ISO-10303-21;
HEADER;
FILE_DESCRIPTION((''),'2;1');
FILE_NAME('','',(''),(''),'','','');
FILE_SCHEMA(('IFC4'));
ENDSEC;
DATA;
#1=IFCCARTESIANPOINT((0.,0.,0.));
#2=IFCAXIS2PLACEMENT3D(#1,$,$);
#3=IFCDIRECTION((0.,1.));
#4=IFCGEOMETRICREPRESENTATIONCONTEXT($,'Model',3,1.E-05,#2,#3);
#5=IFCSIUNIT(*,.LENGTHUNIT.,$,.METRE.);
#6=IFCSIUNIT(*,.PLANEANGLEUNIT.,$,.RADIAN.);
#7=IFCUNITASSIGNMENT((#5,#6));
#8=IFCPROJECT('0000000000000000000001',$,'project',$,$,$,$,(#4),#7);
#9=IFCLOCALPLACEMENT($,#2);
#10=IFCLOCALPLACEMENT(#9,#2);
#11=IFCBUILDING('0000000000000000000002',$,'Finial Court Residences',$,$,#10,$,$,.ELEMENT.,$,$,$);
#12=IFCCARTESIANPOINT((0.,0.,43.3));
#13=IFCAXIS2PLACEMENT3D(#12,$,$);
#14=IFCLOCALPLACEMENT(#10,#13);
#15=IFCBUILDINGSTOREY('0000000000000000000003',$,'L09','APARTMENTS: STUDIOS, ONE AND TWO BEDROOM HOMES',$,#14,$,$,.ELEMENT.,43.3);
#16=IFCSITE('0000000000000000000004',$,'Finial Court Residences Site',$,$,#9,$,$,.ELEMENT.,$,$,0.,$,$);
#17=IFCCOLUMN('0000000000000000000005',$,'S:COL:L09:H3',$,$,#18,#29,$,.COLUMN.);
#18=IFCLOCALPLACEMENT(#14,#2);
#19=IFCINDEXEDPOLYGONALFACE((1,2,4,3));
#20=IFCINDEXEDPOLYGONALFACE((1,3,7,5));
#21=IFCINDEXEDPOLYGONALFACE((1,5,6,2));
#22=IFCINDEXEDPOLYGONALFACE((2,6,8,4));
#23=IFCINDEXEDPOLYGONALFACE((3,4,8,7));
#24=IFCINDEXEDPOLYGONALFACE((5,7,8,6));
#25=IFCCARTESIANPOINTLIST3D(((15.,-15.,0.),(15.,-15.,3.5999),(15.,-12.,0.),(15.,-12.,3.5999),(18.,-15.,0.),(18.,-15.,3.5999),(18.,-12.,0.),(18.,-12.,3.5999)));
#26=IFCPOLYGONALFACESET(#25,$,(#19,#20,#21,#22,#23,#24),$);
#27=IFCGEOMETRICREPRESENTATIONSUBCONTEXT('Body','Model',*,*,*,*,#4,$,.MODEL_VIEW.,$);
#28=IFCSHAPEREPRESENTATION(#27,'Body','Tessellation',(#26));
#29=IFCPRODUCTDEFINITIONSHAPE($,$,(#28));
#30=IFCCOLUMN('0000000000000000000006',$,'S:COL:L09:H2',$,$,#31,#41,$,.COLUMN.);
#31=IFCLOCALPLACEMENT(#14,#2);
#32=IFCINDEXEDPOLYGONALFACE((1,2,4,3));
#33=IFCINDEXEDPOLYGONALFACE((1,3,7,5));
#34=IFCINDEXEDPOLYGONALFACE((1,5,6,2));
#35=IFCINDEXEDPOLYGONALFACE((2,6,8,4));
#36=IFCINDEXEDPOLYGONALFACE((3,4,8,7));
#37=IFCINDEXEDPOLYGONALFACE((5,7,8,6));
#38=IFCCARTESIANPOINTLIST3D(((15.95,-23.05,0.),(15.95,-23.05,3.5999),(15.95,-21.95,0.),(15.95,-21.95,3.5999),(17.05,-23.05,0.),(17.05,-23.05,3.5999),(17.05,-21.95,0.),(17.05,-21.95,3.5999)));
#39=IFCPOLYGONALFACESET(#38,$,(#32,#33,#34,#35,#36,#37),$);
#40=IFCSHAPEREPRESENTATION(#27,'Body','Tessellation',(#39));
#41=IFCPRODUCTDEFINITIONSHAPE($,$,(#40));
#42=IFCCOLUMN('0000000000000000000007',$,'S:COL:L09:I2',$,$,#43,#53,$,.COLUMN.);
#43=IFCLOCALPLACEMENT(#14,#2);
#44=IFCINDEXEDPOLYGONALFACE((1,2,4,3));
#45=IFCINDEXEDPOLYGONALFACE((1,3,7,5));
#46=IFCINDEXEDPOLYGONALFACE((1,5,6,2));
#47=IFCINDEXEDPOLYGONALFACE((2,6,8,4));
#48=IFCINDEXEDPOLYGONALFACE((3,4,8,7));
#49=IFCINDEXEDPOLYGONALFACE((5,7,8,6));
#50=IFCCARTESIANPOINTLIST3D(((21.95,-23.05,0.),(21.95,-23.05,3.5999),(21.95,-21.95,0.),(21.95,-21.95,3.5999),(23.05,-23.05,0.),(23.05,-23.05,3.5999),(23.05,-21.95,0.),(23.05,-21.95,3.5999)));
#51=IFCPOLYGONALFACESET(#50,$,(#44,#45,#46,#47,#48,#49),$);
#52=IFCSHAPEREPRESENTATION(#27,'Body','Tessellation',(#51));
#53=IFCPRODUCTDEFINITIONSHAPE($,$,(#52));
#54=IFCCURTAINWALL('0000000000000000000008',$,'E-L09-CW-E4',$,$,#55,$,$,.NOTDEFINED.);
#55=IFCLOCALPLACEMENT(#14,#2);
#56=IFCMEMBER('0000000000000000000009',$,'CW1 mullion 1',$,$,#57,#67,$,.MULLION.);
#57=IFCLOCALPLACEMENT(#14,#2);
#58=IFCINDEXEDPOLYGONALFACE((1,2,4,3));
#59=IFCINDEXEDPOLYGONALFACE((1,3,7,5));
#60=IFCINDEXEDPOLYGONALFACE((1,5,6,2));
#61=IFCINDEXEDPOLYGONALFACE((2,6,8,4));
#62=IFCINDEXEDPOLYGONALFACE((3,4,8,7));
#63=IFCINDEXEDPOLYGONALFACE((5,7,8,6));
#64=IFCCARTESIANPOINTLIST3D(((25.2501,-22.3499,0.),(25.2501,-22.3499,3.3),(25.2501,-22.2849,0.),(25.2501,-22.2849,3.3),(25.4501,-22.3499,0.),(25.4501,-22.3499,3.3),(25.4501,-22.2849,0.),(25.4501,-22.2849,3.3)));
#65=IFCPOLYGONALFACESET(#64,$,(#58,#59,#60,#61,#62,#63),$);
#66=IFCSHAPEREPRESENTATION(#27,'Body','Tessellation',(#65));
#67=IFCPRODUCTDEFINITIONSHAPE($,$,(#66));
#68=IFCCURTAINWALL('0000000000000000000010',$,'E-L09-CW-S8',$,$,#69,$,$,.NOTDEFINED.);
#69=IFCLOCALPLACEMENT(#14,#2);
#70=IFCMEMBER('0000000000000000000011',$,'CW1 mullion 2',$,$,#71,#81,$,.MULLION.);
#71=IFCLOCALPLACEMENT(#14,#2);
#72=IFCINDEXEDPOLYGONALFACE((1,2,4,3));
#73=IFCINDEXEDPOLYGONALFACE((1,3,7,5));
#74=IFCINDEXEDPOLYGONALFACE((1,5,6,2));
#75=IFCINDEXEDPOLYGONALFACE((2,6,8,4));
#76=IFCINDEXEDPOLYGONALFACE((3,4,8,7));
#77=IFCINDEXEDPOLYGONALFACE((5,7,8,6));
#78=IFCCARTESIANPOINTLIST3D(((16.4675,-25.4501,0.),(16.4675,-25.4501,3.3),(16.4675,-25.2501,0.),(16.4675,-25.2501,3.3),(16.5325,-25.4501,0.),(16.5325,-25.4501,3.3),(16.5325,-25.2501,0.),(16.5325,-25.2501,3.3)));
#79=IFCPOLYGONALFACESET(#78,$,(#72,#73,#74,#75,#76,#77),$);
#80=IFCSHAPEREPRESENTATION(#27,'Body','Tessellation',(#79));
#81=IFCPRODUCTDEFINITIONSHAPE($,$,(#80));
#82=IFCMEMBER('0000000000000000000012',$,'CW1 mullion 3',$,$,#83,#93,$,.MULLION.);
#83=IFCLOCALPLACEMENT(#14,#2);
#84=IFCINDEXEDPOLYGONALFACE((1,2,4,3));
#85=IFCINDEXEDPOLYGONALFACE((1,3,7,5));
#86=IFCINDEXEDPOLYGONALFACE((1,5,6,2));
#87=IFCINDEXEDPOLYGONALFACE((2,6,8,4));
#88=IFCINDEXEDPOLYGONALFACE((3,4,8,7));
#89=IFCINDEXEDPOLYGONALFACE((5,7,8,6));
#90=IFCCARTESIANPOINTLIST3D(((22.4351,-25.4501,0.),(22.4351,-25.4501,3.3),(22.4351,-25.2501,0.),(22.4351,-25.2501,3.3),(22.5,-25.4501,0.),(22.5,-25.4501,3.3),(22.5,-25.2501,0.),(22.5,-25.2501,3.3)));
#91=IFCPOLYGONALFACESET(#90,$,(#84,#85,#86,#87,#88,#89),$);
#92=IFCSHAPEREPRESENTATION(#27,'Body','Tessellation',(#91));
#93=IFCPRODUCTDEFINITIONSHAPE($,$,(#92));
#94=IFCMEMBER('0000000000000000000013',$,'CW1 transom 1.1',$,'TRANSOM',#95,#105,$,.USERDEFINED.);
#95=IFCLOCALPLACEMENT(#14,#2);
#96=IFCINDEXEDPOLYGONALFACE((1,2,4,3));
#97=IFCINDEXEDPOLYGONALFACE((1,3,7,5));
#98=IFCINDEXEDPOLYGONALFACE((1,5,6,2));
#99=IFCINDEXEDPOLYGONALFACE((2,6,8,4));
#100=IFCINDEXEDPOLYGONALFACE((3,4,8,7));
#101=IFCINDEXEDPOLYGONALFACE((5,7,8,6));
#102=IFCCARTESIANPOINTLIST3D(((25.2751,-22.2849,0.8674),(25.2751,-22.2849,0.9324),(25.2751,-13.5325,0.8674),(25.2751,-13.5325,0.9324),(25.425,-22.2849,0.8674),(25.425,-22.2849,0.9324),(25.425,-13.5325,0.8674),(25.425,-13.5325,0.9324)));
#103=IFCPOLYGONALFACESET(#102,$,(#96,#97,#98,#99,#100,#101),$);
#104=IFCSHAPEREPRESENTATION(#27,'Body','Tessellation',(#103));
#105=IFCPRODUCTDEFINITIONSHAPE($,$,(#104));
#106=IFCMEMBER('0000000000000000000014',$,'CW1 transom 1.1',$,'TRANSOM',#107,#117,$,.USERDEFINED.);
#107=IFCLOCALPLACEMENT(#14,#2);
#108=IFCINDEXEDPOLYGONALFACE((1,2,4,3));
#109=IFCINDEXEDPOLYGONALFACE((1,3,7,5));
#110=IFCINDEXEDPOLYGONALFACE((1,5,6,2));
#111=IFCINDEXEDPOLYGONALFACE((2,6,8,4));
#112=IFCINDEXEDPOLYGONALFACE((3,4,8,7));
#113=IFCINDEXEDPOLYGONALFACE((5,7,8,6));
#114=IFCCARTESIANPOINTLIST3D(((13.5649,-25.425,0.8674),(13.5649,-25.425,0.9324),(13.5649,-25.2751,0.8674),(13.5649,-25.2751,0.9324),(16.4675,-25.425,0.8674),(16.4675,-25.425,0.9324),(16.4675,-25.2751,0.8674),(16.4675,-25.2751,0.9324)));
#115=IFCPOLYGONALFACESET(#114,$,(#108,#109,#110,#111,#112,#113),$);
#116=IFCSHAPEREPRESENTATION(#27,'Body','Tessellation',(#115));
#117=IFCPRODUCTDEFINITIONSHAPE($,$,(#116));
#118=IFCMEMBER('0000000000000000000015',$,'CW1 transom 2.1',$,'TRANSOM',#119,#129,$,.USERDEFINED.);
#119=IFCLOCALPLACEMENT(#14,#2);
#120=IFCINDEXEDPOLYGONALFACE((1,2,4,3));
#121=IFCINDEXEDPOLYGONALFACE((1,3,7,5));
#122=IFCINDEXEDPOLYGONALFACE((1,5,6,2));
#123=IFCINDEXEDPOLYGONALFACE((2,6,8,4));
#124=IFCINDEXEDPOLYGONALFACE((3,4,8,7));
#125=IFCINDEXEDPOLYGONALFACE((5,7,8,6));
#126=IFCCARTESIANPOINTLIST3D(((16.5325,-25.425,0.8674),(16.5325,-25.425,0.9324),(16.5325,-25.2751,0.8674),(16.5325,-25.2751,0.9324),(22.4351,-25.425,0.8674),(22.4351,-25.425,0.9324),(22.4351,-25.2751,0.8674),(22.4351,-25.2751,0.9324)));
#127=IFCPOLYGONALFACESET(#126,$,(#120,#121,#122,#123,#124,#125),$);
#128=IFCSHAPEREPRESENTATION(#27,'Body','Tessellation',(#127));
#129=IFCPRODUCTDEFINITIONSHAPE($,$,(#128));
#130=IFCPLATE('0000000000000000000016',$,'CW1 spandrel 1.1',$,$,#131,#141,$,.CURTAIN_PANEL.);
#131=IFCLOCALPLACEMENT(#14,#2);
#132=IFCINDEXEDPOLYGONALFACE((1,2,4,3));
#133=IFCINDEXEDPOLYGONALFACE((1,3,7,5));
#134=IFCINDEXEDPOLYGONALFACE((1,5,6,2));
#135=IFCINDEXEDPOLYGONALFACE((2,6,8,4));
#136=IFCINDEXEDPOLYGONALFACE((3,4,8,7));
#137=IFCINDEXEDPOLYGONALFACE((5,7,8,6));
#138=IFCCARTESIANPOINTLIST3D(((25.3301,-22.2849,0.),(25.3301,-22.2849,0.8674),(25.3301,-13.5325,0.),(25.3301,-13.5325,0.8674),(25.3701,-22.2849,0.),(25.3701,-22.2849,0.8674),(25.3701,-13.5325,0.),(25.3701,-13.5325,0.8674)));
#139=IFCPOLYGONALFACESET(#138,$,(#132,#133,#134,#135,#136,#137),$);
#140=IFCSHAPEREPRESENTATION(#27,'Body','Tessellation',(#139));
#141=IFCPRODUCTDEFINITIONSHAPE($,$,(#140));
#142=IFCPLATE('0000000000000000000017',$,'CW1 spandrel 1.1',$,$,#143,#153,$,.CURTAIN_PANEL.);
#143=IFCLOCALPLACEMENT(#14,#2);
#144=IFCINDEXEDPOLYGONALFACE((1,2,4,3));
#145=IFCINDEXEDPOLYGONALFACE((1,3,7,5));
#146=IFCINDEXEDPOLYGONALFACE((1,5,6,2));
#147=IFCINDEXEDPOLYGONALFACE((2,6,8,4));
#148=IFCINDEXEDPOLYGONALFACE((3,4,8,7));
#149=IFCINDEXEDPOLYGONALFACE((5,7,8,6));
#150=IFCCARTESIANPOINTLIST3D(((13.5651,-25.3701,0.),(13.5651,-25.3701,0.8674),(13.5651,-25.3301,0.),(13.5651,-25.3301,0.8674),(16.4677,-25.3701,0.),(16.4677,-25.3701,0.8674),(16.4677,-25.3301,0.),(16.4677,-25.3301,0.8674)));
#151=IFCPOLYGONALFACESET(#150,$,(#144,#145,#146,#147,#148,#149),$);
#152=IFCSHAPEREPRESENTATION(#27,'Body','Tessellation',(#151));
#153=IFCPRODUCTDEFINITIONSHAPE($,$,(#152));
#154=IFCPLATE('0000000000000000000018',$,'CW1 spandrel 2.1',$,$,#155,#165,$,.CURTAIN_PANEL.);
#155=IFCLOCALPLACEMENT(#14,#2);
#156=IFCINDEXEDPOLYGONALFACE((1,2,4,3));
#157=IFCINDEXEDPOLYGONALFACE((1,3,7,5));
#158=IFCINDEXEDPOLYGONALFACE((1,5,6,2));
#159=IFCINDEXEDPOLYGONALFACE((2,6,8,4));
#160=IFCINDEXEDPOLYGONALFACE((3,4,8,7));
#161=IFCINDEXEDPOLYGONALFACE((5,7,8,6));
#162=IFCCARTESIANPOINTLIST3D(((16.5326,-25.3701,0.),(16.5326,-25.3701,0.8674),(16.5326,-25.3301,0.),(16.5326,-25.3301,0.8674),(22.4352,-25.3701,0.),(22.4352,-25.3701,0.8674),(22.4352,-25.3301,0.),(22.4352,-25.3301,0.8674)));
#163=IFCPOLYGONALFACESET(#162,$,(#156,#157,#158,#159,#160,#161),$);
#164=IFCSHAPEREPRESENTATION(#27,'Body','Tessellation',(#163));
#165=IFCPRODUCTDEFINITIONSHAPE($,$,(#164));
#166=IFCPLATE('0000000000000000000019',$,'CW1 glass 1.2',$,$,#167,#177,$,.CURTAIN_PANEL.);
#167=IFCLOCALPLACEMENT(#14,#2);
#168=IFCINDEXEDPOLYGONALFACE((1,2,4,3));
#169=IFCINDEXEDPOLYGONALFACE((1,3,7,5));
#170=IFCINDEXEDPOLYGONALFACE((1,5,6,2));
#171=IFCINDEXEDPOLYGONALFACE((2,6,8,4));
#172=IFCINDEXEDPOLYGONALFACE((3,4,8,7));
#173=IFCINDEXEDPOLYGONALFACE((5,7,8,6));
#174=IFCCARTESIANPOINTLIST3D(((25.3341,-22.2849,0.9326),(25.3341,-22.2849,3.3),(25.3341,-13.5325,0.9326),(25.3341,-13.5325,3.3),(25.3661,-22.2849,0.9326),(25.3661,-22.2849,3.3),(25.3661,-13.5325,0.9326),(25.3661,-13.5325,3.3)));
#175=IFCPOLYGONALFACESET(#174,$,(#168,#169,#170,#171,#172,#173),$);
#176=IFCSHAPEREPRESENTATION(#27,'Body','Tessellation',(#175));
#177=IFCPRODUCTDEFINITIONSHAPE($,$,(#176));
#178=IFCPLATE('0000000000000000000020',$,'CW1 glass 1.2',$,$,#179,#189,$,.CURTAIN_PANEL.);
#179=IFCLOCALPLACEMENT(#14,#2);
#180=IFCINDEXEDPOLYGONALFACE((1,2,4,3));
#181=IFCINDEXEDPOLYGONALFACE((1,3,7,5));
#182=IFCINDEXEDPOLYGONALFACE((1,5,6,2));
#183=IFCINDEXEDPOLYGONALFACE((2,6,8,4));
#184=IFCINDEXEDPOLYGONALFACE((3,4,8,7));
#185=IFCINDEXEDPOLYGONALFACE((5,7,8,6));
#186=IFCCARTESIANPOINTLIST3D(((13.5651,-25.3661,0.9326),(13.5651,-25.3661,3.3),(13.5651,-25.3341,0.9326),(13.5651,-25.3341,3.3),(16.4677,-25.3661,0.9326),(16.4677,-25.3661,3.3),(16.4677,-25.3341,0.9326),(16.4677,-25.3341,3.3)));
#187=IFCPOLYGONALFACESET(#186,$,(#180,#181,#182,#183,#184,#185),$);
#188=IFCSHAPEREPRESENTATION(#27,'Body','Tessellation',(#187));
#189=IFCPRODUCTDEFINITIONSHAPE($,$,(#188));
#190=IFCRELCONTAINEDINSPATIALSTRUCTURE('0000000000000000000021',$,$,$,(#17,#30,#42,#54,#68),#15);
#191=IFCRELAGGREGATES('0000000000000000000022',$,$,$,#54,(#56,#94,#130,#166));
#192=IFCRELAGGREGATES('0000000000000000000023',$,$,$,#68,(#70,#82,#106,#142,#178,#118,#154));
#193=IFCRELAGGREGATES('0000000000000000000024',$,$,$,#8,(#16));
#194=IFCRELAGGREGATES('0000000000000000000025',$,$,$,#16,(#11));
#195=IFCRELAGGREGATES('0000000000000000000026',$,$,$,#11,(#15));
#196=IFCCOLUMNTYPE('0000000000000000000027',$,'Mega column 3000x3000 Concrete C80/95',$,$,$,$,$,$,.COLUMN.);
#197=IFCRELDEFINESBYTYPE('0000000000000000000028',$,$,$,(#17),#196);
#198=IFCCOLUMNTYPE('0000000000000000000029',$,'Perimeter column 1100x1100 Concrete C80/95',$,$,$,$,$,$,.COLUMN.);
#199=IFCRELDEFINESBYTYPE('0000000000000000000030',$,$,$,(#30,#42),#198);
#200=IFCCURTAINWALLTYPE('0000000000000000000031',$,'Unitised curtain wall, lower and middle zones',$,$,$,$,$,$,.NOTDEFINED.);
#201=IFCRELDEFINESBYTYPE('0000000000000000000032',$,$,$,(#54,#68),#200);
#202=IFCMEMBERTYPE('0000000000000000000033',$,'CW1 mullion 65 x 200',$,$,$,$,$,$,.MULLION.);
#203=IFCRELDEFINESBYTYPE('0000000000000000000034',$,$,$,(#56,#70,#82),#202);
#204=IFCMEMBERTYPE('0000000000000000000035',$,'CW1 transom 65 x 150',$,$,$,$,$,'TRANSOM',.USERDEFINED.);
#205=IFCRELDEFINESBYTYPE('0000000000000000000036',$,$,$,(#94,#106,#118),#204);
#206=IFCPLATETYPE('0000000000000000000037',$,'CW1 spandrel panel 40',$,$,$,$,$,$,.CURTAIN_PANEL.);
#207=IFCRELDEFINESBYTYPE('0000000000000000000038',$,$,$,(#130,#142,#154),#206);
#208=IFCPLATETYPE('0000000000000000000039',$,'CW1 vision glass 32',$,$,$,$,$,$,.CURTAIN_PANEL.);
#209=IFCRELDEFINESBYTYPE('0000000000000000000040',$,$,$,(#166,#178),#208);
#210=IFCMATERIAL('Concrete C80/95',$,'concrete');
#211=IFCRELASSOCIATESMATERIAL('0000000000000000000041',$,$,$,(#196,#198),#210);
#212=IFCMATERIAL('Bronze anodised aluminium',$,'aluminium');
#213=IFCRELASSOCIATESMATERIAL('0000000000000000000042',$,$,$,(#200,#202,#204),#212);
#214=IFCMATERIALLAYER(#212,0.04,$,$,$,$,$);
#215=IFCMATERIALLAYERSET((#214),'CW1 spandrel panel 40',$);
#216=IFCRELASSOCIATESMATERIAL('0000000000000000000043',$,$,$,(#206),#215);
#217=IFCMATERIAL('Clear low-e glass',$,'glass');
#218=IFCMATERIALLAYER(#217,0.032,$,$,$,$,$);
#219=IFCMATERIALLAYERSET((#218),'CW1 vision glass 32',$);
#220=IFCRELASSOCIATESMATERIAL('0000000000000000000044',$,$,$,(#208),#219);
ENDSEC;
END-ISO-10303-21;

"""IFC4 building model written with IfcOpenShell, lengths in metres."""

from ifc_helpers import new_model, si_unit, direction, frame, origin, origin_2d, place, context, subcontext, project, spatial, rectangle, extrude, material, layer, layer_set, material_profile, profile_set, type_object, element, aggregate, save


model = new_model("IFC4")

# Units and contexts
model_context = context("Model", 3, precision=1e-05, world=origin(), true_north=direction((0.0, 1.0)))
body_context = subcontext(model_context, "Body", "Model", "MODEL_VIEW")
ifc_project = project(units=[si_unit("LENGTHUNIT", "METRE"), si_unit("PLANEANGLEUNIT", "RADIAN")], contexts=[model_context])

# Site, building, storey
site_placement = place(None, origin())
site = spatial("IfcSite", under=ifc_project, at=site_placement, Name="Finial Court Residences Site", CompositionType="ELEMENT", RefElevation=0.0)
building_placement = place(site_placement, origin())
building = spatial("IfcBuilding", under=site, at=building_placement, Name="Finial Court Residences", CompositionType="ELEMENT")
storey_placement = place(building_placement, frame((0.0, 0.0, 43.3)))
storey = spatial("IfcBuildingStorey", under=building, at=storey_placement, Name="L09", Description="APARTMENTS: STUDIOS, ONE AND TWO BEDROOM HOMES", CompositionType="ELEMENT", Elevation=43.3)

# Columns
ifc_material_1 = material(Name="Concrete C80/95", Category="concrete")
ifc_material_profile_1 = material_profile(ifc_material_1, rectangle(XDim=3.0, YDim=3.0, at=origin_2d()), Name="3000x3000")
ifc_profile_set_1 = profile_set([ifc_material_profile_1], Name="Concrete C80/95")
column_type_1 = type_object("IfcColumnType", Name="Mega column 3000x3000 Concrete C80/95", PredefinedType="COLUMN", material=ifc_profile_set_1)
column_placement = place(storey_placement, frame((16.5, -13.5, 0.0), z_axis=(0.0, 0.0, 1.0), x_axis=(1.0, 0.0, 0.0)))
element("IfcColumn", 1, at=column_placement, inside=storey, type_object=column_type_1, Name="S:COL:L09:H3", PredefinedType="COLUMN", context=body_context, shape_type="SweptSolid", body=[
    extrude(rectangle(XDim=3.0, YDim=3.0, at=origin_2d()), origin(), (0.0, 0.0, 1.0), 3.5999),
])
ifc_material_profile_2 = material_profile(ifc_material_1, rectangle(XDim=1.1001, YDim=1.1001, at=origin_2d()), Name="1100x1100")
ifc_profile_set_2 = profile_set([ifc_material_profile_2], Name="Concrete C80/95")
column_type_2 = type_object("IfcColumnType", Name="Perimeter column 1100x1100 Concrete C80/95", PredefinedType="COLUMN", material=ifc_profile_set_2)
for number, where, z_axis, x_axis, name in (
    (2, (16.5, -22.5, 0.0), (0.0, 0.0, 1.0), (1.0, 0.0, 0.0), "S:COL:L09:H2"),
    (3, (22.5, -22.5, 0.0), (0.0, 0.0, 1.0), (1.0, 0.0, 0.0), "S:COL:L09:I2"),
):
    element("IfcColumn", number, at=place(storey_placement, frame(where, z_axis=z_axis, x_axis=x_axis)), inside=storey, type_object=column_type_2, Name=name, PredefinedType="COLUMN", context=body_context, shape_type="SweptSolid", body=[
        extrude(rectangle(XDim=1.1001, YDim=1.1001, at=origin_2d()), origin(), (0.0, 0.0, 1.0), 3.5999),
    ])

# Curtain wall, member
ifc_material_2 = material(Name="Bronze anodised aluminium", Category="aluminium")
curtain_wall_type = type_object("IfcCurtainWallType", Name="Unitised curtain wall, lower and middle zones", PredefinedType="NOTDEFINED", material=ifc_material_2)
curtain_wall_1_placement = place(storey_placement, origin())
curtain_wall_1 = element("IfcCurtainWall", 4, at=curtain_wall_1_placement, inside=storey, type_object=curtain_wall_type, Name="E-L09-CW-E4", PredefinedType="NOTDEFINED")
ifc_material_profile_3 = material_profile(ifc_material_2, rectangle(XDim=0.2, YDim=0.0649, at=origin_2d()), Name="CW1 mullion 65 x 200")
ifc_profile_set_3 = profile_set([ifc_material_profile_3], Name="Bronze anodised aluminium")
member_type_1 = type_object("IfcMemberType", Name="CW1 mullion 65 x 200", PredefinedType="MULLION", material=ifc_profile_set_3)
member_1_placement = place(storey_placement, frame((25.3501, -22.3174, 0.0), z_axis=(0.0, 0.0, 1.0), x_axis=(-1.0, 0.0, 0.0)))
member_1 = element("IfcMember", 5, at=member_1_placement, type_object=member_type_1, Name="CW1 mullion 1", PredefinedType="MULLION", context=body_context, shape_type="SweptSolid", body=[
    extrude(rectangle(XDim=0.2, YDim=0.0649, at=origin_2d()), origin(), (0.0, 0.0, 1.0), 3.3),
])

# Curtain wall, members
curtain_wall_2_placement = place(storey_placement, origin())
curtain_wall_2 = element("IfcCurtainWall", 6, at=curtain_wall_2_placement, inside=storey, type_object=curtain_wall_type, Name="E-L09-CW-S8", PredefinedType="NOTDEFINED")
member_2_placement = place(storey_placement, frame((16.5, -25.3501, 0.0), z_axis=(0.0, 0.0, 1.0), x_axis=(0.0, 1.0, 0.0)))
member_2 = element("IfcMember", 7, at=member_2_placement, type_object=member_type_1, Name="CW1 mullion 2", PredefinedType="MULLION", context=body_context, shape_type="SweptSolid", body=[
    extrude(rectangle(XDim=0.2, YDim=0.0649, at=origin_2d()), origin(), (0.0, 0.0, 1.0), 3.3),
])
member_3_placement = place(storey_placement, frame((22.4675, -25.3501, 0.0), z_axis=(0.0, 0.0, 1.0), x_axis=(0.0, 1.0, 0.0)))
member_3 = element("IfcMember", 8, at=member_3_placement, type_object=member_type_1, Name="CW1 mullion 3", PredefinedType="MULLION", context=body_context, shape_type="SweptSolid", body=[
    extrude(rectangle(XDim=0.2, YDim=0.0649, at=origin_2d()), origin(), (0.0, 0.0, 1.0), 3.3),
])

# Members
ifc_material_profile_4 = material_profile(ifc_material_2, rectangle(XDim=0.1499, YDim=0.0649, at=origin_2d()), Name="CW1 transom 65 x 150")
ifc_profile_set_4 = profile_set([ifc_material_profile_4], Name="Bronze anodised aluminium")
member_type_2 = type_object("IfcMemberType", Name="CW1 transom 65 x 150", ElementType="TRANSOM", PredefinedType="USERDEFINED", material=ifc_profile_set_4)
member_4_placement = place(storey_placement, frame((25.3501, -22.2849, 0.8999), z_axis=(0.0, 1.0, 0.0), x_axis=(-1.0, 0.0, 0.0)))
member_4 = element("IfcMember", 9, at=member_4_placement, type_object=member_type_2, Name="CW1 transom 1.1", ObjectType="TRANSOM", PredefinedType="USERDEFINED", context=body_context, shape_type="SweptSolid", body=[
    extrude(rectangle(XDim=0.1499, YDim=0.0649, at=origin_2d()), origin(), (0.0, 0.0, 1.0), 8.7524),
])
member_5_placement = place(storey_placement, frame((13.5649, -25.3501, 0.8999), z_axis=(1.0, 0.0, 0.0), x_axis=(0.0, 1.0, 0.0)))
member_5 = element("IfcMember", 10, at=member_5_placement, type_object=member_type_2, Name="CW1 transom 1.1", ObjectType="TRANSOM", PredefinedType="USERDEFINED", context=body_context, shape_type="SweptSolid", body=[
    extrude(rectangle(XDim=0.1499, YDim=0.0649, at=origin_2d()), origin(), (0.0, 0.0, 1.0), 2.9026),
])
member_6_placement = place(storey_placement, frame((16.5325, -25.3501, 0.8999), z_axis=(1.0, 0.0, 0.0), x_axis=(0.0, 1.0, 0.0)))
member_6 = element("IfcMember", 11, at=member_6_placement, type_object=member_type_2, Name="CW1 transom 2.1", ObjectType="TRANSOM", PredefinedType="USERDEFINED", context=body_context, shape_type="SweptSolid", body=[
    extrude(rectangle(XDim=0.1499, YDim=0.0649, at=origin_2d()), origin(), (0.0, 0.0, 1.0), 5.9026),
])

# Plates
ifc_layer_1 = layer(ifc_material_2, 0.04)
ifc_layer_set_1 = layer_set([ifc_layer_1], Name="CW1 spandrel panel 40")
plate_type_1 = type_object("IfcPlateType", Name="CW1 spandrel panel 40", PredefinedType="CURTAIN_PANEL", material=ifc_layer_set_1)
plate_1_placement = place(storey_placement, frame((25.3501, -17.9087, 0.0), z_axis=(0.0, 0.0, 1.0), x_axis=(0.0, 1.0, 0.0)))
plate_1 = element("IfcPlate", 12, at=plate_1_placement, type_object=plate_type_1, Name="CW1 spandrel 1.1", PredefinedType="CURTAIN_PANEL", context=body_context, shape_type="SweptSolid", body=[
    extrude(rectangle(XDim=8.7524, YDim=0.04, at=origin_2d()), origin(), (0.0, 0.0, 1.0), 0.8674),
])
plate_2_placement = place(storey_placement, frame((15.0164, -25.3501, 0.0), z_axis=(0.0, 0.0, 1.0), x_axis=(1.0, 0.0, 0.0)))
plate_2 = element("IfcPlate", 13, at=plate_2_placement, type_object=plate_type_1, Name="CW1 spandrel 1.1", PredefinedType="CURTAIN_PANEL", context=body_context, shape_type="SweptSolid", body=[
    extrude(rectangle(XDim=2.9026, YDim=0.04, at=origin_2d()), origin(), (0.0, 0.0, 1.0), 0.8674),
])
plate_3_placement = place(storey_placement, frame((19.4839, -25.3501, 0.0), z_axis=(0.0, 0.0, 1.0), x_axis=(1.0, 0.0, 0.0)))
plate_3 = element("IfcPlate", 14, at=plate_3_placement, type_object=plate_type_1, Name="CW1 spandrel 2.1", PredefinedType="CURTAIN_PANEL", context=body_context, shape_type="SweptSolid", body=[
    extrude(rectangle(XDim=5.9026, YDim=0.04, at=origin_2d()), origin(), (0.0, 0.0, 1.0), 0.8674),
])
ifc_material_3 = material(Name="Clear low-e glass", Category="glass")
ifc_layer_2 = layer(ifc_material_3, 0.032)
ifc_layer_set_2 = layer_set([ifc_layer_2], Name="CW1 vision glass 32")
plate_type_2 = type_object("IfcPlateType", Name="CW1 vision glass 32", PredefinedType="CURTAIN_PANEL", material=ifc_layer_set_2)
plate_4_placement = place(storey_placement, frame((25.3501, -17.9087, 0.9326), z_axis=(0.0, 0.0, 1.0), x_axis=(0.0, 1.0, 0.0)))
plate_4 = element("IfcPlate", 15, at=plate_4_placement, type_object=plate_type_2, Name="CW1 glass 1.2", PredefinedType="CURTAIN_PANEL", context=body_context, shape_type="SweptSolid", body=[
    extrude(rectangle(XDim=8.7524, YDim=0.032, at=origin_2d()), origin(), (0.0, 0.0, 1.0), 2.3674),
])
aggregate(curtain_wall_1, [member_1, member_4, plate_1, plate_4])
plate_5_placement = place(storey_placement, frame((15.0164, -25.3501, 0.9326), z_axis=(0.0, 0.0, 1.0), x_axis=(1.0, 0.0, 0.0)))
plate_5 = element("IfcPlate", 16, at=plate_5_placement, type_object=plate_type_2, Name="CW1 glass 1.2", PredefinedType="CURTAIN_PANEL", context=body_context, shape_type="SweptSolid", body=[
    extrude(rectangle(XDim=2.9026, YDim=0.032, at=origin_2d()), origin(), (0.0, 0.0, 1.0), 2.3674),
])
aggregate(curtain_wall_2, [member_2, member_3, member_5, plate_2, plate_5, member_6, plate_3])

save(model, "model.ifc")
